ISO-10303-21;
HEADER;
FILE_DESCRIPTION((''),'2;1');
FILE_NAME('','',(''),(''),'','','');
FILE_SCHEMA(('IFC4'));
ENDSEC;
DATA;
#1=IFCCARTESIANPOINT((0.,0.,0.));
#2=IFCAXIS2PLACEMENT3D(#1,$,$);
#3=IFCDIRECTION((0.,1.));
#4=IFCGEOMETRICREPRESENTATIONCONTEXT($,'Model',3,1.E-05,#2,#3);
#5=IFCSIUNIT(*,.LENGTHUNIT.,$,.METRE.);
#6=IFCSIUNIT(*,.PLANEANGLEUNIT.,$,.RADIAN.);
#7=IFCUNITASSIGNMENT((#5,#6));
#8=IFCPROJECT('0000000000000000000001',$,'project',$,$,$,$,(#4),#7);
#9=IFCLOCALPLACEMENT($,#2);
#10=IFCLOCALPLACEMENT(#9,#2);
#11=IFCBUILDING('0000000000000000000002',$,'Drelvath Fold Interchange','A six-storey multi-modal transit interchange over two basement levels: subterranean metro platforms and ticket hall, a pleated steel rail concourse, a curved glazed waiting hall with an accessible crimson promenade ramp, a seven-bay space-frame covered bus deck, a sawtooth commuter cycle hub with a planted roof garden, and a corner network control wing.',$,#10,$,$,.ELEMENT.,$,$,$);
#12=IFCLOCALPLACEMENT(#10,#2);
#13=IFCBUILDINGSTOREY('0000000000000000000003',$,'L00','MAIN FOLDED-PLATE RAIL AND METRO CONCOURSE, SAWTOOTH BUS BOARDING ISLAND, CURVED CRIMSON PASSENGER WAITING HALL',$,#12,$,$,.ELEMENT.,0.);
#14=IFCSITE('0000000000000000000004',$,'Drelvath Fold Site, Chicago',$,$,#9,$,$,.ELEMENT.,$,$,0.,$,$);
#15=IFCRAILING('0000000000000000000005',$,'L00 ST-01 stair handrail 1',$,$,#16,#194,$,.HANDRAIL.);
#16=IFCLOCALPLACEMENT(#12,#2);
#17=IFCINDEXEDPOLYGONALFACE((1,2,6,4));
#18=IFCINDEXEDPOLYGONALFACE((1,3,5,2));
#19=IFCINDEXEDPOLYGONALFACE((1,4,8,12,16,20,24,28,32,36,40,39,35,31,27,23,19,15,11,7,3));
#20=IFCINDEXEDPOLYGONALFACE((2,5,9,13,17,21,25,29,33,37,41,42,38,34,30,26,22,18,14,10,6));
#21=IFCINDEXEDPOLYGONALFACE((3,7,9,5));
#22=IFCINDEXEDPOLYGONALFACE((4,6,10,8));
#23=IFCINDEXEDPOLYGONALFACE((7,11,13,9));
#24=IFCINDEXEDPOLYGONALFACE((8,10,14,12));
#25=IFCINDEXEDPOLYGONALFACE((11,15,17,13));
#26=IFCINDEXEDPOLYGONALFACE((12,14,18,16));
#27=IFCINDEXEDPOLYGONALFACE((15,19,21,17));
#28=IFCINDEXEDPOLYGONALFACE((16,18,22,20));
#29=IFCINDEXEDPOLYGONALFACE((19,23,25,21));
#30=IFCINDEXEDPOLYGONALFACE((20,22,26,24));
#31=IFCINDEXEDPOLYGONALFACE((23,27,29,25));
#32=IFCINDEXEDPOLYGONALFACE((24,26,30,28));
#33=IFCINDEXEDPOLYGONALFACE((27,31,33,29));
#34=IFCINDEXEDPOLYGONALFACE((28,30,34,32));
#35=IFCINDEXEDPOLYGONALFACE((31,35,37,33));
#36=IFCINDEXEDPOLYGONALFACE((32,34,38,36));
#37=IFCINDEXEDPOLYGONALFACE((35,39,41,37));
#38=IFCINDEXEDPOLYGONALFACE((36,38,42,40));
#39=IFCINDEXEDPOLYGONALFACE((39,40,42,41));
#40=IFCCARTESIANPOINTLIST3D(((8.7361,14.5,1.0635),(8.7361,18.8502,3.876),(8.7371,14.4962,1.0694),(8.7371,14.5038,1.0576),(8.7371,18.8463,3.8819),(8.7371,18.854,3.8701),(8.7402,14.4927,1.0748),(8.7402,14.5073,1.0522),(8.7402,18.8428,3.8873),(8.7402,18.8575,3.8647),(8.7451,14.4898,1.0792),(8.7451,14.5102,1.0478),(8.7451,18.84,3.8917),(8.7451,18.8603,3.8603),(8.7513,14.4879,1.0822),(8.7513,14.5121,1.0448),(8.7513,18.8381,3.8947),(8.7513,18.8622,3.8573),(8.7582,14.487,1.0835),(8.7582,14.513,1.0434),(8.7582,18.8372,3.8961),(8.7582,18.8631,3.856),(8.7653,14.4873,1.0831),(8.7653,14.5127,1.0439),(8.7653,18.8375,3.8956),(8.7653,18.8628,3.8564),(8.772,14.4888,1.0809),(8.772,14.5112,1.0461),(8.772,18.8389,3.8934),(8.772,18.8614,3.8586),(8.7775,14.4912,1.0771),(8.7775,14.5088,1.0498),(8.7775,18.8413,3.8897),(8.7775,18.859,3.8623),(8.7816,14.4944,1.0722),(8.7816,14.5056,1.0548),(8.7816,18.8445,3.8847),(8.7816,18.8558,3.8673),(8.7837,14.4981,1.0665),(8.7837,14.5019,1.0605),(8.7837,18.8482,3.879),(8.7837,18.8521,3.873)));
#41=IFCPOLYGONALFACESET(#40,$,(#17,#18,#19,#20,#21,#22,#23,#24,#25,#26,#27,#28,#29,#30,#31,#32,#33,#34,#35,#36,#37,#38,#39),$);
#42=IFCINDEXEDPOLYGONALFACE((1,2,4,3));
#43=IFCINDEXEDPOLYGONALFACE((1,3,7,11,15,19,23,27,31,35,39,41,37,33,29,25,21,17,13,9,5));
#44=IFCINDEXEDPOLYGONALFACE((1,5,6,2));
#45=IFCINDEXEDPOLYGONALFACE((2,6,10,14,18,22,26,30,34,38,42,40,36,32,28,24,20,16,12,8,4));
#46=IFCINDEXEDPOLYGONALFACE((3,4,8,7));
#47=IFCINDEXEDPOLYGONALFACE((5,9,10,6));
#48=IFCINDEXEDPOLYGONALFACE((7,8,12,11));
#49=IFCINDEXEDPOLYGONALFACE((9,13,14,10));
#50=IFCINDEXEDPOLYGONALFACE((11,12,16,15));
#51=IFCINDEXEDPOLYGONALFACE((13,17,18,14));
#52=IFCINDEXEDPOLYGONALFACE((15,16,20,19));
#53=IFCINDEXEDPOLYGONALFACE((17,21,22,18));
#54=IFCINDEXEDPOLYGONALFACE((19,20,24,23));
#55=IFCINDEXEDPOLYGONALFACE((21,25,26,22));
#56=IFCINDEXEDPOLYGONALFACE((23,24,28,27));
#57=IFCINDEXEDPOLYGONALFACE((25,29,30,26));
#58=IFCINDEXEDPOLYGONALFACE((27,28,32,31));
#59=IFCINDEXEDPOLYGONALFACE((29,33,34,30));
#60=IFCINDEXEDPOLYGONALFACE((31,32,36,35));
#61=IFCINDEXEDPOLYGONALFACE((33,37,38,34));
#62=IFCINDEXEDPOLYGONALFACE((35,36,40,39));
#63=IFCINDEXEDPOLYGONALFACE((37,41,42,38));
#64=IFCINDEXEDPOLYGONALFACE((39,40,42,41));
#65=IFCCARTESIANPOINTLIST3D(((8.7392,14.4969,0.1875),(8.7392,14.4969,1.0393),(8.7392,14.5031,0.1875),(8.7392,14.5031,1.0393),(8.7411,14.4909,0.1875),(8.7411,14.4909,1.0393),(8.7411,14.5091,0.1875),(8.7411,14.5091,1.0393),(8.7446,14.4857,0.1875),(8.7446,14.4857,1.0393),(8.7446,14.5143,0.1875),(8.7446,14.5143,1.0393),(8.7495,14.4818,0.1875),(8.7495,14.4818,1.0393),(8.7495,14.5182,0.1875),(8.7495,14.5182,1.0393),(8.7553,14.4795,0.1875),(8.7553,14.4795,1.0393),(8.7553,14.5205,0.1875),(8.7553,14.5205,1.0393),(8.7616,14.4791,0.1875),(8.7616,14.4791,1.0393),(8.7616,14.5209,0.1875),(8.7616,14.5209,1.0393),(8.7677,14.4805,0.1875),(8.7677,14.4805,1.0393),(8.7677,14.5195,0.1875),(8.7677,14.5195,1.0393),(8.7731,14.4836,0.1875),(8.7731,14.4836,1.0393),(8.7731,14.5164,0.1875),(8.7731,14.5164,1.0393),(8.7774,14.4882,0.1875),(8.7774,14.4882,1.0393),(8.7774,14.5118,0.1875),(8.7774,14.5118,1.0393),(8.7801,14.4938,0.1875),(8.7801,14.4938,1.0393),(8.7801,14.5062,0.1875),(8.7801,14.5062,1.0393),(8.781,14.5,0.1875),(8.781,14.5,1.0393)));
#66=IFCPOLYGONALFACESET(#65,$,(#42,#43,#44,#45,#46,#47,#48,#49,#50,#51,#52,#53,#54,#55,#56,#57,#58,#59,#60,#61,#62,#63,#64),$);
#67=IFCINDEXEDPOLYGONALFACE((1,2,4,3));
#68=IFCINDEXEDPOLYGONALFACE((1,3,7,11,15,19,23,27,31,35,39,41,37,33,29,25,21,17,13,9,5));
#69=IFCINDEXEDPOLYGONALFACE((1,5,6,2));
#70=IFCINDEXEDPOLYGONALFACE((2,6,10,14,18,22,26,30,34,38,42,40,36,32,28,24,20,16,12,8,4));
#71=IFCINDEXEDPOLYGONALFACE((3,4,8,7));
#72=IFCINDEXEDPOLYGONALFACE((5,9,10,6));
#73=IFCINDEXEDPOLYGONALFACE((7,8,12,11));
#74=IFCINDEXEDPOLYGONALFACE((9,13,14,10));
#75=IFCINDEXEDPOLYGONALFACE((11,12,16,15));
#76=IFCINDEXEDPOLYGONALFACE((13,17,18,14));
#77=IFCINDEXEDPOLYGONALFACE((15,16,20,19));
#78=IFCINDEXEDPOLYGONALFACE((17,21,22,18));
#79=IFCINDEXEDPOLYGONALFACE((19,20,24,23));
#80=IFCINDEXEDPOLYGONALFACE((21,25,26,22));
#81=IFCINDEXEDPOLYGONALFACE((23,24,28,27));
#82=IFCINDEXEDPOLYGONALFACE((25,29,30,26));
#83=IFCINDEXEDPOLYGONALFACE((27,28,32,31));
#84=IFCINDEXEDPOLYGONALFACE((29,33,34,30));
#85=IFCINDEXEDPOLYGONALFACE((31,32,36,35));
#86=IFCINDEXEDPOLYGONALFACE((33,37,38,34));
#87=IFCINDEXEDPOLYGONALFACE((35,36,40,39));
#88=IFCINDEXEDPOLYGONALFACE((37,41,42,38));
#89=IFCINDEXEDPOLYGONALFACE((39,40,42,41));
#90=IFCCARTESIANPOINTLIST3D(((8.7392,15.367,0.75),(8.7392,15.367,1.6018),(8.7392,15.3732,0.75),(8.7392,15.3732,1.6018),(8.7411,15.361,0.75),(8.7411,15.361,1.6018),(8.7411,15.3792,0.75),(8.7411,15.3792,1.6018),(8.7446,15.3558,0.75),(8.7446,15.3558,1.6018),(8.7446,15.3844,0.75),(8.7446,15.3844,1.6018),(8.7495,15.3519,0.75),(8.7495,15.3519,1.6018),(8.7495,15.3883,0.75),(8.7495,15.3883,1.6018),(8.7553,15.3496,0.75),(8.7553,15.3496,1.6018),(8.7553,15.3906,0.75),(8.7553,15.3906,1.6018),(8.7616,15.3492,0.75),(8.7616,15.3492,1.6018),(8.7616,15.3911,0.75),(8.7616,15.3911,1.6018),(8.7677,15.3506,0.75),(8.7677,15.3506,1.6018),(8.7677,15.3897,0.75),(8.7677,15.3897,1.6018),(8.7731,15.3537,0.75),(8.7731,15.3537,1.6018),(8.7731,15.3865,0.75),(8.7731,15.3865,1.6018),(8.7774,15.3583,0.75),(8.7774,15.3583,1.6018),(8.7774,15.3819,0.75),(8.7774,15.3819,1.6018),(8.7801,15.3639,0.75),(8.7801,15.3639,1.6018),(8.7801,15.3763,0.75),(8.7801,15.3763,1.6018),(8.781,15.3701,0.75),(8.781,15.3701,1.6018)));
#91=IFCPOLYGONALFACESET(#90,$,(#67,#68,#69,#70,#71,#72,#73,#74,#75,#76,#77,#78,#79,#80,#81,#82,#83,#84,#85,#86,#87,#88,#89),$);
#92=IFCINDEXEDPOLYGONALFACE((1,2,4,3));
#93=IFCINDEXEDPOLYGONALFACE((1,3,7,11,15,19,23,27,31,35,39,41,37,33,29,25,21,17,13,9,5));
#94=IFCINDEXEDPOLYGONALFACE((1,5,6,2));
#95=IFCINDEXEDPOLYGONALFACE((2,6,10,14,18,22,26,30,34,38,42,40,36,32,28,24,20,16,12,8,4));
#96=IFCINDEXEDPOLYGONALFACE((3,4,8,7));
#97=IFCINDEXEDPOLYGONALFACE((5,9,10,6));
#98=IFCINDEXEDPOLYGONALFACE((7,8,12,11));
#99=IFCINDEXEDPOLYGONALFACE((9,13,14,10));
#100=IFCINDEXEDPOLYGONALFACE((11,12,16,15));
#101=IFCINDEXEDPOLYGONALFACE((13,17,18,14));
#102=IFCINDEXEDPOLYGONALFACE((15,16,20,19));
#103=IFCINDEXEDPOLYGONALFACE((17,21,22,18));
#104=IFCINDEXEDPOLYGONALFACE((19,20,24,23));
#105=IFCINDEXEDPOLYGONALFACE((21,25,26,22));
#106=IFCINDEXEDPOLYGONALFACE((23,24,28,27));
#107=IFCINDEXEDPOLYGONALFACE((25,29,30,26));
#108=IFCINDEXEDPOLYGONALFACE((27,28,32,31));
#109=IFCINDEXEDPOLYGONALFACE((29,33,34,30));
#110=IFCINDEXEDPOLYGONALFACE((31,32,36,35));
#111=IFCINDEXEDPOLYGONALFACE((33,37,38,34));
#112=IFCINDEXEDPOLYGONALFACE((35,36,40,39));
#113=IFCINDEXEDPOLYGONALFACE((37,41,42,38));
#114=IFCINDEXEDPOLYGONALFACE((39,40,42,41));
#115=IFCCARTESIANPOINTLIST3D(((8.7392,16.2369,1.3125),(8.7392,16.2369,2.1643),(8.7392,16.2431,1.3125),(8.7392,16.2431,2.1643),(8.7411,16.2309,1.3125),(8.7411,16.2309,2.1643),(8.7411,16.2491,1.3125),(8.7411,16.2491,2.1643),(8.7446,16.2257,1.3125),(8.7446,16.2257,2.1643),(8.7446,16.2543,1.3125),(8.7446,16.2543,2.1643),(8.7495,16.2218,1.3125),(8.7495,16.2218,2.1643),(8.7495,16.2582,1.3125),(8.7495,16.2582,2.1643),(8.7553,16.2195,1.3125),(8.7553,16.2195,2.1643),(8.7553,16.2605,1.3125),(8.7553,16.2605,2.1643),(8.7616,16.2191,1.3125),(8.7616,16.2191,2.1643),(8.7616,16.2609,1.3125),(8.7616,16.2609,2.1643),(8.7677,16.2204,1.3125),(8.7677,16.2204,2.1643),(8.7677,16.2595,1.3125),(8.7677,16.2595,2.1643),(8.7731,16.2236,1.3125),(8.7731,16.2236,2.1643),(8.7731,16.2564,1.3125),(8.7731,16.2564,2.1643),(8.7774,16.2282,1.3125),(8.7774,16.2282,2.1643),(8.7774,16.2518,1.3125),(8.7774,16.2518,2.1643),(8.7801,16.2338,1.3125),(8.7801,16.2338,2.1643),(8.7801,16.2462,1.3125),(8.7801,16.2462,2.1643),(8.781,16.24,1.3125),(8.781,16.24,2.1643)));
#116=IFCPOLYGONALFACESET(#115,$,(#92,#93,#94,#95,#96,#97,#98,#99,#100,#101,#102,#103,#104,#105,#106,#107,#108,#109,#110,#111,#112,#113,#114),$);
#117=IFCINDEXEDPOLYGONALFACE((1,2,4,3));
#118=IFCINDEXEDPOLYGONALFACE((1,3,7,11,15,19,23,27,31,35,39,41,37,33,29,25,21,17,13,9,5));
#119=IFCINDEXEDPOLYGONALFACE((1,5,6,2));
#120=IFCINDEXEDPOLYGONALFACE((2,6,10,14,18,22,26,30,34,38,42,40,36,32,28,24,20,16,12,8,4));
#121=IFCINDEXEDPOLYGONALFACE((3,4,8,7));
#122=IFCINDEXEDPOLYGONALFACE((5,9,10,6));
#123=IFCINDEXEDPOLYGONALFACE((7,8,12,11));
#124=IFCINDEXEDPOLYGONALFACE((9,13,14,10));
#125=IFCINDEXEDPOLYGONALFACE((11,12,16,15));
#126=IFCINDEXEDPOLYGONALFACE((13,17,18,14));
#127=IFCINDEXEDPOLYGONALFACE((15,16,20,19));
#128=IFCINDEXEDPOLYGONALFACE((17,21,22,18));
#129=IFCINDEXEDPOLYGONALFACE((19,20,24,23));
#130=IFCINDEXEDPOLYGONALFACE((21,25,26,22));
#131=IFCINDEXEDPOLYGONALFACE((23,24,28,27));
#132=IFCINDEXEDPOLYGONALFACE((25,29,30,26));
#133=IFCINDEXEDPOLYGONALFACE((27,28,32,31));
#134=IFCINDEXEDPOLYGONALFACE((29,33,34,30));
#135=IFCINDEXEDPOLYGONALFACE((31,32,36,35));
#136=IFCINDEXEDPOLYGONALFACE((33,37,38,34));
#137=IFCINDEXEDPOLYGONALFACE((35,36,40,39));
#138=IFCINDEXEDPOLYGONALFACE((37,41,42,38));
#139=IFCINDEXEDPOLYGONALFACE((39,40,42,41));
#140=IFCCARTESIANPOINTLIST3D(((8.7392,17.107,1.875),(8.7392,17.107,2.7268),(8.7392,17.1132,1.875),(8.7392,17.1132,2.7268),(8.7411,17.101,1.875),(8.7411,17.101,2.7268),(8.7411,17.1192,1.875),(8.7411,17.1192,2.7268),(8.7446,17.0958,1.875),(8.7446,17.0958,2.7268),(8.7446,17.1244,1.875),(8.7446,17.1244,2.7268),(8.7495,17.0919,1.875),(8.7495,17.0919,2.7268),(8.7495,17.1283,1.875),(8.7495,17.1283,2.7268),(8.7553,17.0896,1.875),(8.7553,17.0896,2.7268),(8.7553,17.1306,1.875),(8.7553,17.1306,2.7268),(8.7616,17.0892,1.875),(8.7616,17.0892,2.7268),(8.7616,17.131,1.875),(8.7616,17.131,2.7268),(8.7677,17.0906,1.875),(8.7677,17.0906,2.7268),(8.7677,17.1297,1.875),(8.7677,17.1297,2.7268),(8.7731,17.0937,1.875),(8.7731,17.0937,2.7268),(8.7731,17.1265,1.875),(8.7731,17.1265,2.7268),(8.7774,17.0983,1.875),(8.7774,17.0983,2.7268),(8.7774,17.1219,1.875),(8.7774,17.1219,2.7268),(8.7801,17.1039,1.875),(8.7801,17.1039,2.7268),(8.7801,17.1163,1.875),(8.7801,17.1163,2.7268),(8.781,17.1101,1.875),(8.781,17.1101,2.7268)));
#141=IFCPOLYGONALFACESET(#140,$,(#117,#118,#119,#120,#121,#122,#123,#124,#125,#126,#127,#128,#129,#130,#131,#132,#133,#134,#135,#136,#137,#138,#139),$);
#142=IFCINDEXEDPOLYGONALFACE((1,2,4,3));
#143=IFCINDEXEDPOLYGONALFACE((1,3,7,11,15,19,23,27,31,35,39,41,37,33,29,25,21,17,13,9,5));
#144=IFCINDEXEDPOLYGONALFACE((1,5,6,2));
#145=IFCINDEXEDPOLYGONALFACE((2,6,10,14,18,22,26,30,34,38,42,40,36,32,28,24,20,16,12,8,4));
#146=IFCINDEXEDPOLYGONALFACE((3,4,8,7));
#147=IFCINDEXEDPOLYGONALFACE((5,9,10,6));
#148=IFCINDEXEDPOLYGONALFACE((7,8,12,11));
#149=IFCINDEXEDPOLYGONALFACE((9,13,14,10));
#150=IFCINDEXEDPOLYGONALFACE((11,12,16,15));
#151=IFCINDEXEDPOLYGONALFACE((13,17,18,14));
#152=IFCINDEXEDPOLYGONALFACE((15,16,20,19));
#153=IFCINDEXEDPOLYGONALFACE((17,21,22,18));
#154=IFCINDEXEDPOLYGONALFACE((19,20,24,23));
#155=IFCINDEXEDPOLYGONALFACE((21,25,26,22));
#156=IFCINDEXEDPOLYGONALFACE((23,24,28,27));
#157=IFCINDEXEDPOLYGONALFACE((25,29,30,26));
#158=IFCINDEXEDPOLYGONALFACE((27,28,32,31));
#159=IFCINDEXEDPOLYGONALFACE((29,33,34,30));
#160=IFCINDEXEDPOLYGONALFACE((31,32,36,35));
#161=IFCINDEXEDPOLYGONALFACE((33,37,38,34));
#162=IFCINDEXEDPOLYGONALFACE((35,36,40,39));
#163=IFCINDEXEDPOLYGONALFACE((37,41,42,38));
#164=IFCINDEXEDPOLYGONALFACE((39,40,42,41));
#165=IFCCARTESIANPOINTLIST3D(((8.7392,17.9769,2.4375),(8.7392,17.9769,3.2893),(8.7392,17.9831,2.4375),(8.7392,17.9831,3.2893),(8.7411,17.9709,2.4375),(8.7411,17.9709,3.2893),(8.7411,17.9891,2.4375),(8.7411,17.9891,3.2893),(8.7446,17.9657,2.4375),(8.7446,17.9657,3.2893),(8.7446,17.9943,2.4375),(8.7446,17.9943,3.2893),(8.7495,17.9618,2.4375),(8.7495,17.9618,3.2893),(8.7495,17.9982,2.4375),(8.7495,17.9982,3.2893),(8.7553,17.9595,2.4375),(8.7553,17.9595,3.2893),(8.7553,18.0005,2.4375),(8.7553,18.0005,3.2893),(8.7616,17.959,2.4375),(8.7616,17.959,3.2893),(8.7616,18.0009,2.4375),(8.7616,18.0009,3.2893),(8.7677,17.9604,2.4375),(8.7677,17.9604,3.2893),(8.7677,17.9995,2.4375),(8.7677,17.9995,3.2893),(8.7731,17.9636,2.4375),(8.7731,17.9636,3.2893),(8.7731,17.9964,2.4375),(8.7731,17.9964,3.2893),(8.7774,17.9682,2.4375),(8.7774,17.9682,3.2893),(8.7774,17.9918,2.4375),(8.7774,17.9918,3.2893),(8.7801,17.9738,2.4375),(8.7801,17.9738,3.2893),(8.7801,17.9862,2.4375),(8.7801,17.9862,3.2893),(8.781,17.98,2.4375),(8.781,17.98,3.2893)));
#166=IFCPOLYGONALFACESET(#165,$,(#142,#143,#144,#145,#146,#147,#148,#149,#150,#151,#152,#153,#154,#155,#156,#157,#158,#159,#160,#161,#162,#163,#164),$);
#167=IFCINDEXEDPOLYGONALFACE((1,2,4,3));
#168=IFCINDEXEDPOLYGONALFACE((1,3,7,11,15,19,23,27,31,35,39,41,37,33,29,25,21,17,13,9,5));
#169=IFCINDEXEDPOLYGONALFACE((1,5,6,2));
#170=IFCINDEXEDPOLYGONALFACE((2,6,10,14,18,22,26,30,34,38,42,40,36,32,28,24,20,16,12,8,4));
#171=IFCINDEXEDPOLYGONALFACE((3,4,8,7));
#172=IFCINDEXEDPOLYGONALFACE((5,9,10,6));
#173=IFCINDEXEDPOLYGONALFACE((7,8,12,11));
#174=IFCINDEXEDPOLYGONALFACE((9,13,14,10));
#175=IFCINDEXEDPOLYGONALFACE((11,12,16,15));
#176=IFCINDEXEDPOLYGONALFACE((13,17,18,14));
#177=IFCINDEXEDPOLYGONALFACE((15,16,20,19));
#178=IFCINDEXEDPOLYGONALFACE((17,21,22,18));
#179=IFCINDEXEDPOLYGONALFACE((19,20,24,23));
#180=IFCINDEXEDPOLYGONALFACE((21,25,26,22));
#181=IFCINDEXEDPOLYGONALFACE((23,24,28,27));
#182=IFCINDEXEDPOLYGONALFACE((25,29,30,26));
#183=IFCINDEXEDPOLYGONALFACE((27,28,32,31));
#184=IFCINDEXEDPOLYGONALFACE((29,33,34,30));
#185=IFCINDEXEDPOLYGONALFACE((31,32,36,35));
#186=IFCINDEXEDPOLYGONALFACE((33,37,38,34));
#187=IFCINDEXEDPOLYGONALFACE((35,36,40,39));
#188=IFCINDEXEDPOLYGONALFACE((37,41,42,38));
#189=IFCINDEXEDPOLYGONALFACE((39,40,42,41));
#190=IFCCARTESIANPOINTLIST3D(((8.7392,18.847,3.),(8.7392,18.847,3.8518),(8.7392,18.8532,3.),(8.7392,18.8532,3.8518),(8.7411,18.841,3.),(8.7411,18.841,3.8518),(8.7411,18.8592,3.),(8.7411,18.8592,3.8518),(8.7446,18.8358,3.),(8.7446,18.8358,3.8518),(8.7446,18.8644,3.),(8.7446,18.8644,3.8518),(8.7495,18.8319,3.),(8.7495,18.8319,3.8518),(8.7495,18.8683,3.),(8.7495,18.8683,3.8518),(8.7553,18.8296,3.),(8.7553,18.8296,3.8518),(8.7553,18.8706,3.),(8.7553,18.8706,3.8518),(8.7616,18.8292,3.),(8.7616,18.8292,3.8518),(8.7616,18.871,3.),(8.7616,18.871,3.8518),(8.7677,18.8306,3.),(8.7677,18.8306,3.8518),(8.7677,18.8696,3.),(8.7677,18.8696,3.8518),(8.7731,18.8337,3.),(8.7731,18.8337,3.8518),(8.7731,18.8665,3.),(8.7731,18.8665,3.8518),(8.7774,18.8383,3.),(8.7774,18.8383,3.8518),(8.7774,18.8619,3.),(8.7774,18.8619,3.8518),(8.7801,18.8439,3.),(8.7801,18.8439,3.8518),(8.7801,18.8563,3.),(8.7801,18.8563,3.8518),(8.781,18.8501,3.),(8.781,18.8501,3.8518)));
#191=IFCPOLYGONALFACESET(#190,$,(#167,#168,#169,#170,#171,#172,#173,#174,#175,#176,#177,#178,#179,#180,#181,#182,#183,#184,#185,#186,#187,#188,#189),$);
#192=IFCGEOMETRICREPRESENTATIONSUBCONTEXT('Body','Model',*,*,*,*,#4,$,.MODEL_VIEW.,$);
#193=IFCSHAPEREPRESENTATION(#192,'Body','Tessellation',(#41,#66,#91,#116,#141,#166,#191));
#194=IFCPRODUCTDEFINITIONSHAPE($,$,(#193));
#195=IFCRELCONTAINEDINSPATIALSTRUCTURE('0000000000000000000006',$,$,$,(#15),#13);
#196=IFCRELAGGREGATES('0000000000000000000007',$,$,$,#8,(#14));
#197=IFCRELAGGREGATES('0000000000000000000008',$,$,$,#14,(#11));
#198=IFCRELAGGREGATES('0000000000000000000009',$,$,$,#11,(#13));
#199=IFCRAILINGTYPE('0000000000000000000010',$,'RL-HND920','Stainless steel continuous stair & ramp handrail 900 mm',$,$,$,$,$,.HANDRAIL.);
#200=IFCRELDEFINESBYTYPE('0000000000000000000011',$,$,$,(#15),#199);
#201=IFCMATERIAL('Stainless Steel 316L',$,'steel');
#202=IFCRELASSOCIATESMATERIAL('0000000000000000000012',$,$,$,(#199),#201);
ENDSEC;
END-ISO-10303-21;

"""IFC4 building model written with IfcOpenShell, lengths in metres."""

from ifc_helpers import new_model, si_unit, direction, frame, origin, origin_2d, place, context, subcontext, project, spatial, circle, extrude, material, type_object, element, save


model = new_model("IFC4")

# Units and contexts
model_context = context("Model", 3, precision=1e-05, world=origin(), true_north=direction((0.0, 1.0)))
body_context = subcontext(model_context, "Body", "Model", "MODEL_VIEW")
ifc_project = project(units=[si_unit("LENGTHUNIT", "METRE"), si_unit("PLANEANGLEUNIT", "RADIAN")], contexts=[model_context])

# Site, building, storey
site_placement = place(None, origin())
site = spatial("IfcSite", under=ifc_project, at=site_placement, Name="Drelvath Fold Site, Chicago", CompositionType="ELEMENT", RefElevation=0.0)
building_placement = place(site_placement, origin())
building = spatial("IfcBuilding", under=site, at=building_placement, Name="Drelvath Fold Interchange", Description="A six-storey multi-modal transit interchange over two basement levels: subterranean metro platforms and ticket hall, a pleated steel rail concourse, a curved glazed waiting hall with an accessible crimson promenade ramp, a seven-bay space-frame covered bus deck, a sawtooth commuter cycle hub with a planted roof garden, and a corner network control wing.", CompositionType="ELEMENT")
storey_placement = place(building_placement, origin())
storey = spatial("IfcBuildingStorey", under=building, at=storey_placement, Name="L00", Description="MAIN FOLDED-PLATE RAIL AND METRO CONCOURSE, SAWTOOTH BUS BOARDING ISLAND, CURVED CRIMSON PASSENGER WAITING HALL", CompositionType="ELEMENT", Elevation=0.0)

# Railing
ifc_material_1 = material(Name="Stainless Steel 316L", Category="steel")
railing_type_1 = type_object("IfcRailingType", Name="RL-HND920", Description="Stainless steel continuous stair & ramp handrail 900 mm", PredefinedType="HANDRAIL", material=ifc_material_1)
railing_1_placement = place(storey_placement, frame((8.76, 14.5, 0.1875)))
element("IfcRailing", 1, at=railing_1_placement, inside=storey, type_object=railing_type_1, Name="L00 ST-01 stair handrail 1", PredefinedType="HANDRAIL", context=body_context, shape_type="SweptSolid", body=[
    extrude(circle(Radius=0.0239, at=origin_2d()), frame((0.0, 0.0, 0.876), z_axis=(0.0, 0.83977, 0.542942), x_axis=(-1.0, 0.0, 0.0)), (0.0, 0.0, 1.0), 5.1802),
    extrude(circle(Radius=0.021, at=origin_2d()), origin(), (0.0, 0.0, 1.0), 0.8518),
    extrude(circle(Radius=0.021, at=origin_2d()), frame((0.0, 0.8701, 0.5625)), (0.0, 0.0, 1.0), 0.8518),
    extrude(circle(Radius=0.021, at=origin_2d()), frame((0.0, 1.74, 1.125)), (0.0, 0.0, 1.0), 0.8518),
    extrude(circle(Radius=0.021, at=origin_2d()), frame((0.0, 2.6101, 1.6875)), (0.0, 0.0, 1.0), 0.8518),
    extrude(circle(Radius=0.021, at=origin_2d()), frame((0.0, 3.48, 2.25)), (0.0, 0.0, 1.0), 0.8518),
    extrude(circle(Radius=0.021, at=origin_2d()), frame((0.0, 4.3501, 2.8125)), (0.0, 0.0, 1.0), 0.8518),
])

save(model, "model.ifc")
